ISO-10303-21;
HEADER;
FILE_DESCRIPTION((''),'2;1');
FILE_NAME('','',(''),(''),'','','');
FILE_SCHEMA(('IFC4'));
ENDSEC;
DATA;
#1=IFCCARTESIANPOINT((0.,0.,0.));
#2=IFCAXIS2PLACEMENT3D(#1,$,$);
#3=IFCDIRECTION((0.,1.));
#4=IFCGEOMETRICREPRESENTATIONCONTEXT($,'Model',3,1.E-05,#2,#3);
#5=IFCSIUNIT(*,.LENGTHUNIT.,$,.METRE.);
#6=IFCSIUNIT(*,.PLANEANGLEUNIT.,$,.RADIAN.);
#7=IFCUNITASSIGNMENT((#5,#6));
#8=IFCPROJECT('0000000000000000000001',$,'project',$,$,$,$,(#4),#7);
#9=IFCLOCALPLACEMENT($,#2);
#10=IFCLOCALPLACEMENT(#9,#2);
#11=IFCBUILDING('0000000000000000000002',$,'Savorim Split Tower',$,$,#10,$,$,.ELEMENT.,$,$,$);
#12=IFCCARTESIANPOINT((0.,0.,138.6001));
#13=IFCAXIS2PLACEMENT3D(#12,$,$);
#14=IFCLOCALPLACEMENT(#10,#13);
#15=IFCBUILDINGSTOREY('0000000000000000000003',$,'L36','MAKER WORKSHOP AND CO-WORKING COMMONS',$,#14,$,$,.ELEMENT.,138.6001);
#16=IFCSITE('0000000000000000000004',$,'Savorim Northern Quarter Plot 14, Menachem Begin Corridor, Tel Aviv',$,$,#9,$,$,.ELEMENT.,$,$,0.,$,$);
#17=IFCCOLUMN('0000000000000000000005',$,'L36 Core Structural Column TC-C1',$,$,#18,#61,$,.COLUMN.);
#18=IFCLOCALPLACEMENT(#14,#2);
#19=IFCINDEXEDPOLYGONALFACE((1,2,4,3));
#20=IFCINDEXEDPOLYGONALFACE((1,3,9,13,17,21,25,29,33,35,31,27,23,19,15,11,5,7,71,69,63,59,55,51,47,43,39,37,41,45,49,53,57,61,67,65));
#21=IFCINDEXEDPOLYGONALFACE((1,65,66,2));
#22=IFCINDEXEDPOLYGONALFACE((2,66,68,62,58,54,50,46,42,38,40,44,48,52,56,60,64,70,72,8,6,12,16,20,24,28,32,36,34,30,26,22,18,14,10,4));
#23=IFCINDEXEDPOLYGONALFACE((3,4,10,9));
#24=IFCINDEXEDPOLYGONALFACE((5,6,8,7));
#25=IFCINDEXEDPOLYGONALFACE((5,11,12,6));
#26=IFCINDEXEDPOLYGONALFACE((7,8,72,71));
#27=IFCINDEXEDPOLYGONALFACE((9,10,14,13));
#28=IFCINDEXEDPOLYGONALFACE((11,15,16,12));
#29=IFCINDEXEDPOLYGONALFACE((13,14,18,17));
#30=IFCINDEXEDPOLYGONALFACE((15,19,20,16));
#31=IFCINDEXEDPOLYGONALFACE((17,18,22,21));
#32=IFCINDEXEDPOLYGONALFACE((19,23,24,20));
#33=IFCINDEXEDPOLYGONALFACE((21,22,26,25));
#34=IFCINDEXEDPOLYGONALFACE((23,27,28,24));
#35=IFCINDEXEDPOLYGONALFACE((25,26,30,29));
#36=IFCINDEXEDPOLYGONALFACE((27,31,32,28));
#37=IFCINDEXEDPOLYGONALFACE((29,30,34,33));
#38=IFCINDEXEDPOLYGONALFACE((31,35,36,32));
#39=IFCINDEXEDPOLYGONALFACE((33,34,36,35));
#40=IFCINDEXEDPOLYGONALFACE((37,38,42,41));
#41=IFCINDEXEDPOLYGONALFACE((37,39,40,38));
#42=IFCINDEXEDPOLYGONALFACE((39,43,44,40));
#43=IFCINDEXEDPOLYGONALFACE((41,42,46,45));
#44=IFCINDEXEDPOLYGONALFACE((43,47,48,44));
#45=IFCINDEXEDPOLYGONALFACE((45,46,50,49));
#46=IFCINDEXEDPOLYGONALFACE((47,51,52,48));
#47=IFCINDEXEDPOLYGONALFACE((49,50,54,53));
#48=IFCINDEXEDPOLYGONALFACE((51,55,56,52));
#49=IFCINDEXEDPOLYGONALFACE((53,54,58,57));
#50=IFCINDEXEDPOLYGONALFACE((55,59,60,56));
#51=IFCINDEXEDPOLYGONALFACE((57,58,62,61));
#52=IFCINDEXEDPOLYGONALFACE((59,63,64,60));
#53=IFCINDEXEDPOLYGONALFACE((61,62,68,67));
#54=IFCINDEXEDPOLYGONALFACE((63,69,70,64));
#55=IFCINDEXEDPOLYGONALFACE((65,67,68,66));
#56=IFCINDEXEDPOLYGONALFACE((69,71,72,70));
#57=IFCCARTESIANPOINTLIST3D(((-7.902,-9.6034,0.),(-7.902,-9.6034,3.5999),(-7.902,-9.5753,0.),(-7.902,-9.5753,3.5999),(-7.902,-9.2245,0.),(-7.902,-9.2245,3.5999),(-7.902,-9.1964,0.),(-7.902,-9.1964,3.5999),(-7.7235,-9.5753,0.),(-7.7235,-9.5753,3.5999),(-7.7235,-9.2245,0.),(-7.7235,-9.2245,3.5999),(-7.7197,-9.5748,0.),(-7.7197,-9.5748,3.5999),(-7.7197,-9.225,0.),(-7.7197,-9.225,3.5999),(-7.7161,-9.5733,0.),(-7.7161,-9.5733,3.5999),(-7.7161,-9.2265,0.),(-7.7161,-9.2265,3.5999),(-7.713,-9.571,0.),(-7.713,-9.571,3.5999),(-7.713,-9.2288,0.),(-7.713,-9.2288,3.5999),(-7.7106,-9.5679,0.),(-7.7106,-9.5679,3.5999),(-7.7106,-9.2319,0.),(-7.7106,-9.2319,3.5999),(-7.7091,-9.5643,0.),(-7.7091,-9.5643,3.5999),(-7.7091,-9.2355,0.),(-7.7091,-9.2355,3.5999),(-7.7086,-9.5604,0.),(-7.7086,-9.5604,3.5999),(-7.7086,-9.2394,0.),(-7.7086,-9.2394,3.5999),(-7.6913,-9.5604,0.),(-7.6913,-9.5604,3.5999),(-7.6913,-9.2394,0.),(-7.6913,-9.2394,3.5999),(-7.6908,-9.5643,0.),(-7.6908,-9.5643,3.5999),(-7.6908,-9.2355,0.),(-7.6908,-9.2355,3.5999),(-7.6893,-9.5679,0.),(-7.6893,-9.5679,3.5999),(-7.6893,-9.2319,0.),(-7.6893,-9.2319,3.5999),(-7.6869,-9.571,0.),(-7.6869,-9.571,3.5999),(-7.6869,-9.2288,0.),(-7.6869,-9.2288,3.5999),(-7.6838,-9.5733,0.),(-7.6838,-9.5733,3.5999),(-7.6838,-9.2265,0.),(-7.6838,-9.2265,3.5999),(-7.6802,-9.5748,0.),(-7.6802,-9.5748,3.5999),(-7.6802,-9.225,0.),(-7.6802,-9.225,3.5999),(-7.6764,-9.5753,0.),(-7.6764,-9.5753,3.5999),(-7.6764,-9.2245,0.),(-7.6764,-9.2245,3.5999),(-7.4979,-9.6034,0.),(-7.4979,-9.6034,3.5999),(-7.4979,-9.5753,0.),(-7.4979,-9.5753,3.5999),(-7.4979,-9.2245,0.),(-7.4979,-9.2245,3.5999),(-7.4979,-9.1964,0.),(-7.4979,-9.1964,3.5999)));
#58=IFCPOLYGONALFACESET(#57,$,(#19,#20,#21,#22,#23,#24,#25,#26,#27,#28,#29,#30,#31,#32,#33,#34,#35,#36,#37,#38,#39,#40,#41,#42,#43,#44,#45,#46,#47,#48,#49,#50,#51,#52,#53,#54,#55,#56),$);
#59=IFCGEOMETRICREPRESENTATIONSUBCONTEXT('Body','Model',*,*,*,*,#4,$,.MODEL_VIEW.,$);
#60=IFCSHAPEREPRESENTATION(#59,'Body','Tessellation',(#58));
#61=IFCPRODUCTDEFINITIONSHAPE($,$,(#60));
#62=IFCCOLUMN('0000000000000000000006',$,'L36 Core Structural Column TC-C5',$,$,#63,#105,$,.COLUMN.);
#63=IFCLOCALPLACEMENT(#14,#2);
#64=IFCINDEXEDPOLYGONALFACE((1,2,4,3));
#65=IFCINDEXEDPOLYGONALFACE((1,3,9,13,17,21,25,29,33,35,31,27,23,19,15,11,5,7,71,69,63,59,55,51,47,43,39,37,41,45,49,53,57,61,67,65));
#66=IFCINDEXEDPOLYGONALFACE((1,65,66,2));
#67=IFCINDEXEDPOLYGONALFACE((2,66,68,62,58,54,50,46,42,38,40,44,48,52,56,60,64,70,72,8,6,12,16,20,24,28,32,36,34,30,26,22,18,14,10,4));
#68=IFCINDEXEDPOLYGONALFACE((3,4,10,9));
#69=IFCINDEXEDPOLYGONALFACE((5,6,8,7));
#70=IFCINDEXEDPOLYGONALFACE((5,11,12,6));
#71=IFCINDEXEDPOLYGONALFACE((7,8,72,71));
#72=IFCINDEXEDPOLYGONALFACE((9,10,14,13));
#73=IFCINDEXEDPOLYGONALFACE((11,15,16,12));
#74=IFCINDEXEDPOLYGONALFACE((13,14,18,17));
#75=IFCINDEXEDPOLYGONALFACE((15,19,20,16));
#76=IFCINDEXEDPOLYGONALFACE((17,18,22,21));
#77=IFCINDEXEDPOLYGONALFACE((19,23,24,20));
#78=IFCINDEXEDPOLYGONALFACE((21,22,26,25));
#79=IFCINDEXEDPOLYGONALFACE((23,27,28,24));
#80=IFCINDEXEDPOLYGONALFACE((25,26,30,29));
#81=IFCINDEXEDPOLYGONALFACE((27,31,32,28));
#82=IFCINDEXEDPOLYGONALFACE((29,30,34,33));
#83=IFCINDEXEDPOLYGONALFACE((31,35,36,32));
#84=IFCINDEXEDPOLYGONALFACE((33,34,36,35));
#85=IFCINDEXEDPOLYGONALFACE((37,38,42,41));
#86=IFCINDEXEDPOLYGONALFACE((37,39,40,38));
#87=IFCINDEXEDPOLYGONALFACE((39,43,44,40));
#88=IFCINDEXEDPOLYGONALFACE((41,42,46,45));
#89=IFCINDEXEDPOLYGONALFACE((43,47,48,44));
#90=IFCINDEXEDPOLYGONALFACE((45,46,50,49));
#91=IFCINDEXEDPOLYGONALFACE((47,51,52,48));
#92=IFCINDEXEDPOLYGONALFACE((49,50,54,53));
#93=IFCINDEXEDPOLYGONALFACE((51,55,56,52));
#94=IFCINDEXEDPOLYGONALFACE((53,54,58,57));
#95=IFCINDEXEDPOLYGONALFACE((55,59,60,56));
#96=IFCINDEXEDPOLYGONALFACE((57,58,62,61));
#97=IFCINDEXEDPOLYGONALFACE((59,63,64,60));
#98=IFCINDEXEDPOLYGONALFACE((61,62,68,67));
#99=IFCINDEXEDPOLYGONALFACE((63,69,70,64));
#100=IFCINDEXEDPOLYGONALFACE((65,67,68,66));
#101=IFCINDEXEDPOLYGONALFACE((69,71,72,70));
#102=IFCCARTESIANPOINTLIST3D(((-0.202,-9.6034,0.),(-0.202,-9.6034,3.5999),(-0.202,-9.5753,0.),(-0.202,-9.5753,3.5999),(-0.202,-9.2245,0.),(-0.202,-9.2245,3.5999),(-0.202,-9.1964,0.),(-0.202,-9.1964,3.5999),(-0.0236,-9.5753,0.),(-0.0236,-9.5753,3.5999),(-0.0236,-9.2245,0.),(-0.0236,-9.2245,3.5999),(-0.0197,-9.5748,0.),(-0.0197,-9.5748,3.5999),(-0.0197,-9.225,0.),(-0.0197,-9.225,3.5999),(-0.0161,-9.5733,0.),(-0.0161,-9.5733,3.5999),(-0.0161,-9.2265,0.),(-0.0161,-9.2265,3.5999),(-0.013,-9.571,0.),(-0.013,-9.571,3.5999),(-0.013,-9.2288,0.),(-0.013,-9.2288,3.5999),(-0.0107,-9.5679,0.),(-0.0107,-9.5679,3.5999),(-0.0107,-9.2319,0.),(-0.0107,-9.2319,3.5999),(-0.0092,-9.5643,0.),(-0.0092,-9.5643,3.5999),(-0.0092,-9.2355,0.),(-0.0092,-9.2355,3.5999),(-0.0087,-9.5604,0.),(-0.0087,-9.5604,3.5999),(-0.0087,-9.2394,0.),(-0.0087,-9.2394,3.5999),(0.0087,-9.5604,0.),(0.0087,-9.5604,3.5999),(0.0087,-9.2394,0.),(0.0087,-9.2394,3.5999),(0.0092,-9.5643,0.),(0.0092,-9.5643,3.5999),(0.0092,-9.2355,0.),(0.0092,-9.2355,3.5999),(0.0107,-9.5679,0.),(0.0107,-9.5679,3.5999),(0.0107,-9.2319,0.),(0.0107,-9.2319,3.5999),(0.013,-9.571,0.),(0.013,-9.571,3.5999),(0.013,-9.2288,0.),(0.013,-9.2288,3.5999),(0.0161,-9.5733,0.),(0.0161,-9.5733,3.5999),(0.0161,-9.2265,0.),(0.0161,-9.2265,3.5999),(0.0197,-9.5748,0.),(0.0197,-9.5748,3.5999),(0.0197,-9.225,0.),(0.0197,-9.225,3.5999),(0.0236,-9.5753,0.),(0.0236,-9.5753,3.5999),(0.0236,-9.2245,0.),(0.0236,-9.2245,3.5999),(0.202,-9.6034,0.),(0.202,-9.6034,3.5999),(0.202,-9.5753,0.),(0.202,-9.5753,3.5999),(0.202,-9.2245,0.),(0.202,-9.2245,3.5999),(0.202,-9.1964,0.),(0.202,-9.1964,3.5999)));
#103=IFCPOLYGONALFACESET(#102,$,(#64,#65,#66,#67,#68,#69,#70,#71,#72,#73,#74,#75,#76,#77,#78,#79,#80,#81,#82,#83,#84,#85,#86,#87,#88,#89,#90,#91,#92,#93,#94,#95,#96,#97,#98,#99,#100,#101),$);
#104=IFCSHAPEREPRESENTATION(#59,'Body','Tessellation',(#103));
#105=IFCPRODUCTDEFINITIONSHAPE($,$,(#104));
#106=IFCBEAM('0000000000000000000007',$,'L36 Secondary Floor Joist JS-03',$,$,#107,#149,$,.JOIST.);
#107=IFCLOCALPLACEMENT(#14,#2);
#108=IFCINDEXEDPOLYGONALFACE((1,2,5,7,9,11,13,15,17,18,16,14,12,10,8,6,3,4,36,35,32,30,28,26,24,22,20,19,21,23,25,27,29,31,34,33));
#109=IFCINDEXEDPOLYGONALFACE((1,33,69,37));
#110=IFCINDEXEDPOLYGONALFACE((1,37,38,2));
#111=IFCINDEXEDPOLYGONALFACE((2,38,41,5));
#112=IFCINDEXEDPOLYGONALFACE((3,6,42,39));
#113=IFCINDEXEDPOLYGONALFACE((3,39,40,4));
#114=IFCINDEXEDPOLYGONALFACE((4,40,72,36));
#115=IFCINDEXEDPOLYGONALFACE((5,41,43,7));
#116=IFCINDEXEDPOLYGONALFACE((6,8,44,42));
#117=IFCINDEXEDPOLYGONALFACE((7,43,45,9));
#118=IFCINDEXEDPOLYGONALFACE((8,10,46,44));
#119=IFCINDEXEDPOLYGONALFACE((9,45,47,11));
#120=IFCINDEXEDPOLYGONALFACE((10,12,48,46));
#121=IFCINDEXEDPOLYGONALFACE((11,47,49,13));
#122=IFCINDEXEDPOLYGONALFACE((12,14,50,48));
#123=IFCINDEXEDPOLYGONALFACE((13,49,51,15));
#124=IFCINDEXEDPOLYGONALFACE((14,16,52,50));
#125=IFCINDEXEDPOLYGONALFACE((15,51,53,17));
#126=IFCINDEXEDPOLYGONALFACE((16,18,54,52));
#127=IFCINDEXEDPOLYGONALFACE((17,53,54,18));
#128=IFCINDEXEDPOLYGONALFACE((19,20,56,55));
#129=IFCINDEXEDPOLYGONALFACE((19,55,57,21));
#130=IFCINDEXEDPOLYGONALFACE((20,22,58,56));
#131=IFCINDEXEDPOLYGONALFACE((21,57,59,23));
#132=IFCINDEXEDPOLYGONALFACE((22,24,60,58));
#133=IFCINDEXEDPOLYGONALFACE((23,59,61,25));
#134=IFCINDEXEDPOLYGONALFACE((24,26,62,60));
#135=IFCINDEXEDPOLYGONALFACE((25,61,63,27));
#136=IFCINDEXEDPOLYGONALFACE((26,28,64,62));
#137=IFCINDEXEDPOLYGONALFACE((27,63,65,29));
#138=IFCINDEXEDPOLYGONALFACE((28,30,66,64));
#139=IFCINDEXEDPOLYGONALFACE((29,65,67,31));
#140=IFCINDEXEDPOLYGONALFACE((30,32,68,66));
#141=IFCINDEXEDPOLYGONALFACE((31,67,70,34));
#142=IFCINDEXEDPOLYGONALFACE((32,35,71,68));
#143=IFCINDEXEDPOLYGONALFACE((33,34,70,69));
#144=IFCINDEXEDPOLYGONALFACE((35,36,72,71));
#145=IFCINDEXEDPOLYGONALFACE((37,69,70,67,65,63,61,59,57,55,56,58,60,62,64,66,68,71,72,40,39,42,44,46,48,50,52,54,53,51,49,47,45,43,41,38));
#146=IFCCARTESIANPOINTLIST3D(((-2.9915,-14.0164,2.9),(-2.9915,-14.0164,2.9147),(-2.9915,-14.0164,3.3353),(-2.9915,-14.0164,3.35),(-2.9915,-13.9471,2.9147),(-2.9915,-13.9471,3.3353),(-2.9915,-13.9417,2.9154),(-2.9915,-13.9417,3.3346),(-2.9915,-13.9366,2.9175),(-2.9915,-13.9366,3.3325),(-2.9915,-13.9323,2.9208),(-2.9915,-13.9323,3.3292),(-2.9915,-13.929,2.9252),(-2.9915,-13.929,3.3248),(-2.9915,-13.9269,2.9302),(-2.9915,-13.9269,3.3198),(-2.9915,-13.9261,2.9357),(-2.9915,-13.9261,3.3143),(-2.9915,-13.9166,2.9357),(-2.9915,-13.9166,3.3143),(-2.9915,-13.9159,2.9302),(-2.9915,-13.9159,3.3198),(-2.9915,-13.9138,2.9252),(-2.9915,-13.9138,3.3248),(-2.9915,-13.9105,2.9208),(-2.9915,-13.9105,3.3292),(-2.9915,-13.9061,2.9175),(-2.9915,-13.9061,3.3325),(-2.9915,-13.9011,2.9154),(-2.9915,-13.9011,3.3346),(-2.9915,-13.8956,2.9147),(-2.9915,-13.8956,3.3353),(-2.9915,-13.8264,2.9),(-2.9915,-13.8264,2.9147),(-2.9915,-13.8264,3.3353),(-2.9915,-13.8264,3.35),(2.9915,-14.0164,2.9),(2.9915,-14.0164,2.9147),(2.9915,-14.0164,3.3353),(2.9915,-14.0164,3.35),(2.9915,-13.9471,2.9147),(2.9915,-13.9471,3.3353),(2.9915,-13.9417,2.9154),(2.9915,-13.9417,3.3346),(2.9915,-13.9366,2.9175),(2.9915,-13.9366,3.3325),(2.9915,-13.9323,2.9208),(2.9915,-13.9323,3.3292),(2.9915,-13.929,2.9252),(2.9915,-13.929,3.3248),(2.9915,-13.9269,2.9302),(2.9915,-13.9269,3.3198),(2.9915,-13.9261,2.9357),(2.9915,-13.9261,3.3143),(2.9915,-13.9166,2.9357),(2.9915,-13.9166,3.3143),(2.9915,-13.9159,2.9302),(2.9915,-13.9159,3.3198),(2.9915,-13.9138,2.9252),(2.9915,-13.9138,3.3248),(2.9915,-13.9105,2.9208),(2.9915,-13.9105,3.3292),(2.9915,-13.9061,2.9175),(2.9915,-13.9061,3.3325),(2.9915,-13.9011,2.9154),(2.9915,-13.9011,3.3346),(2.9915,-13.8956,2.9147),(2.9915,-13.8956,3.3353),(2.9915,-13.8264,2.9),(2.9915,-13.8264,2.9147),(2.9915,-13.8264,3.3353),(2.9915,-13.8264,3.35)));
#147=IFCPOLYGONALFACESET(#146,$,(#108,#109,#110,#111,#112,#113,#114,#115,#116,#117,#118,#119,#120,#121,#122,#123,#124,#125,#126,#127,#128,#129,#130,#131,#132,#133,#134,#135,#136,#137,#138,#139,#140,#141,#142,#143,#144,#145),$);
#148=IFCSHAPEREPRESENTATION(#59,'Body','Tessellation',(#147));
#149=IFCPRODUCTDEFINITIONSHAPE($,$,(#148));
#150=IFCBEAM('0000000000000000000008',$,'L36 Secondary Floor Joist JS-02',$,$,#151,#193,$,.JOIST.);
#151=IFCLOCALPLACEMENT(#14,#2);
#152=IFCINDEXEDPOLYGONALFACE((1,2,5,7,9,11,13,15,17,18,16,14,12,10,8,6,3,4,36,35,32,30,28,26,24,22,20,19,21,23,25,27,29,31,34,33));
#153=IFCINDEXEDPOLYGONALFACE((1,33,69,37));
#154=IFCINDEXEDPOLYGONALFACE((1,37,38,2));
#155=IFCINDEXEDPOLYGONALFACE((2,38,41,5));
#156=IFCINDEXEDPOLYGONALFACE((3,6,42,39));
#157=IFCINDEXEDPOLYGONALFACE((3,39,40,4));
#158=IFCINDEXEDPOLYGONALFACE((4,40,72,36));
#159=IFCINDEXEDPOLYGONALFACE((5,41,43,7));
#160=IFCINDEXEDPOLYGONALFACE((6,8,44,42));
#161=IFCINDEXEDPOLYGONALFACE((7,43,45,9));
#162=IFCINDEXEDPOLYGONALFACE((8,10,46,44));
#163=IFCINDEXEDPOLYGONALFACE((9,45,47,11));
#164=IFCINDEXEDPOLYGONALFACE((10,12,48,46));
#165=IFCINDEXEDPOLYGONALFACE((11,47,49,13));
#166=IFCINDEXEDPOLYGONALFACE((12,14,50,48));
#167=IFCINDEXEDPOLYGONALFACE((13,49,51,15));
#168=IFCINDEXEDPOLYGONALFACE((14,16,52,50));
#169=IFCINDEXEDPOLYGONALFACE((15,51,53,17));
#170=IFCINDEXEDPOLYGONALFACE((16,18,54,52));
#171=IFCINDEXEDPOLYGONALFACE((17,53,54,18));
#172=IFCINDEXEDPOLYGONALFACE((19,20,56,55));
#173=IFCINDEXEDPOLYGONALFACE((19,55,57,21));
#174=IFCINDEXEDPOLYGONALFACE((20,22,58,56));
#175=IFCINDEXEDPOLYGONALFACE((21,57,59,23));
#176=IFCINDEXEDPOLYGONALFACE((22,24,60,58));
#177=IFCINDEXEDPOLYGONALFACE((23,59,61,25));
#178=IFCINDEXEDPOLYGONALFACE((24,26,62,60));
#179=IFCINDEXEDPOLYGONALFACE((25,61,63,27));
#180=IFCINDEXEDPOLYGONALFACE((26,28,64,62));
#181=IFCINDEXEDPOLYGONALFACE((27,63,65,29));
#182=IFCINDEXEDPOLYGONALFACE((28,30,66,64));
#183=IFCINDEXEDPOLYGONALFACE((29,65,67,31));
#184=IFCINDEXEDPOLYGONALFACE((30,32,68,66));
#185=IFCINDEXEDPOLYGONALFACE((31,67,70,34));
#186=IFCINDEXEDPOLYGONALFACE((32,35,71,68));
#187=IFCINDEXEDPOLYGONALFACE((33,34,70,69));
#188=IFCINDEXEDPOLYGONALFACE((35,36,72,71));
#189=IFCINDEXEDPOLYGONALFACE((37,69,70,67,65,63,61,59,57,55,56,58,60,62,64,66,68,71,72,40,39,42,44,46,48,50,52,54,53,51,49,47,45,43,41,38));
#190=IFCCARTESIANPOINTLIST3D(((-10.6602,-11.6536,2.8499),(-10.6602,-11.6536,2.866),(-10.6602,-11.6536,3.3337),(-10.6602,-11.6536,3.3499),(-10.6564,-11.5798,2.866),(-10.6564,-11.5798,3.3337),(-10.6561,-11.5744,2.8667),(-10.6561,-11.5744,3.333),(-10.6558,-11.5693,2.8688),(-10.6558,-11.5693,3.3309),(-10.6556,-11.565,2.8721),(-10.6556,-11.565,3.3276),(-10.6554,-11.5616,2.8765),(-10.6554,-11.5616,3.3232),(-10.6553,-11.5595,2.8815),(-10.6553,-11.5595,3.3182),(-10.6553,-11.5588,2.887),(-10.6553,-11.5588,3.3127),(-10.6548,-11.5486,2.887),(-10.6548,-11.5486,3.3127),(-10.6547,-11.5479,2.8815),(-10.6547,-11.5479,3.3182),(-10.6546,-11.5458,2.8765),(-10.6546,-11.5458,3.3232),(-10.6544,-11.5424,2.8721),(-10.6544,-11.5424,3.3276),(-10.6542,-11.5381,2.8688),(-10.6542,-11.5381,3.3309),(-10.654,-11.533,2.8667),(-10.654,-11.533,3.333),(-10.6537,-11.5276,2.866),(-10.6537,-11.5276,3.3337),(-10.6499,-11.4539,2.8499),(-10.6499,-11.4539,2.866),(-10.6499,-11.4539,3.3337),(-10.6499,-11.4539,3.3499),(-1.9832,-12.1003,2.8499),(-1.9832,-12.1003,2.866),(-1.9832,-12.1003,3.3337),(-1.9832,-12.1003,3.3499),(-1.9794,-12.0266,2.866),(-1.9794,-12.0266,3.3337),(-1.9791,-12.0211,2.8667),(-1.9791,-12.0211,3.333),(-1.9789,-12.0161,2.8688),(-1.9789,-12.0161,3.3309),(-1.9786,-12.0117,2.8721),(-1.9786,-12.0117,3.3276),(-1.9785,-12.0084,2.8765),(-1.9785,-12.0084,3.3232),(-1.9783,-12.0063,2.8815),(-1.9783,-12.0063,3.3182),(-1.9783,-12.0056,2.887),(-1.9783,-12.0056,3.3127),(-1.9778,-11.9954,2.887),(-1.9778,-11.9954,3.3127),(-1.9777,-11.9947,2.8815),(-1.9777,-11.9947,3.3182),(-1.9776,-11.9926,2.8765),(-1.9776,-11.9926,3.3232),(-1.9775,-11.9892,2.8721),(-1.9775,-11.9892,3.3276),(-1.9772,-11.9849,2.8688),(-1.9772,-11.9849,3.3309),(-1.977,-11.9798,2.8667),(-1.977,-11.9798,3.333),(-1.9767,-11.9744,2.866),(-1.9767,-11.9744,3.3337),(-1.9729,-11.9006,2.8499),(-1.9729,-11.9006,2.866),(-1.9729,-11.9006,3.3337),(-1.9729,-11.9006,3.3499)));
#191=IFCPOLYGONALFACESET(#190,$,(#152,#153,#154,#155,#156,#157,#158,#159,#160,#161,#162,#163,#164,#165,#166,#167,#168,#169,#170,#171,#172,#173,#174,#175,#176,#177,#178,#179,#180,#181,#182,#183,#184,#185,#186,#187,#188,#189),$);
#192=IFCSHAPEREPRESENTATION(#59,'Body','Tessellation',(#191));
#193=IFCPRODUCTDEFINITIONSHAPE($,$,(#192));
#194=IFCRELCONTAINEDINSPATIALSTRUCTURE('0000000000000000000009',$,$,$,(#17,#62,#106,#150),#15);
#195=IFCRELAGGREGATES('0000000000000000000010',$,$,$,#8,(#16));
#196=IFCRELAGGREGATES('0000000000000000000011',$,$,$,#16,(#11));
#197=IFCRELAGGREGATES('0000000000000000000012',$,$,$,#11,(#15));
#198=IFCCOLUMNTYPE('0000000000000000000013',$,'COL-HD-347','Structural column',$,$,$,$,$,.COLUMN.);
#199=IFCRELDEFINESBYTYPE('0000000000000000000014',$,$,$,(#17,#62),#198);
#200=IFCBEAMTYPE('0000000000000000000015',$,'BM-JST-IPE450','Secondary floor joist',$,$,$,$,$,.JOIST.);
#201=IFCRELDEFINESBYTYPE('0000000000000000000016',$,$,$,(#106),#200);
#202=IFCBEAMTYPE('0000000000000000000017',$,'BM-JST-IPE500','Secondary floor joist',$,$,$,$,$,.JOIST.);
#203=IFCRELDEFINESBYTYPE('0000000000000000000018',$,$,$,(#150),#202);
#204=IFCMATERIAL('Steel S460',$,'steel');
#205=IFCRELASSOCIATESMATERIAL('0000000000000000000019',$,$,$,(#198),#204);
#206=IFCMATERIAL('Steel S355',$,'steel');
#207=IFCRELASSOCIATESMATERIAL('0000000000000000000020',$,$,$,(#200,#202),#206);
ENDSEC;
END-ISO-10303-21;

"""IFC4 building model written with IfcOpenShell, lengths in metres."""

from ifc_helpers import new_model, si_unit, direction, frame, origin, origin_2d, place, context, subcontext, project, spatial, i_section, extrude, material, material_profile, profile_set, type_object, element, save


model = new_model("IFC4")

# Units and contexts
model_context = context("Model", 3, precision=1e-05, world=origin(), true_north=direction((0.0, 1.0)))
body_context = subcontext(model_context, "Body", "Model", "MODEL_VIEW")
ifc_project = project(units=[si_unit("LENGTHUNIT", "METRE"), si_unit("PLANEANGLEUNIT", "RADIAN")], contexts=[model_context])

# Site, building, storey
site_placement = place(None, origin())
site = spatial("IfcSite", under=ifc_project, at=site_placement, Name="Savorim Northern Quarter Plot 14, Menachem Begin Corridor, Tel Aviv", CompositionType="ELEMENT", RefElevation=0.0)
building_placement = place(site_placement, origin())
building = spatial("IfcBuilding", under=site, at=building_placement, Name="Savorim Split Tower", CompositionType="ELEMENT")
storey_placement = place(building_placement, frame((0.0, 0.0, 138.6001)))
storey = spatial("IfcBuildingStorey", under=building, at=storey_placement, Name="L36", Description="MAKER WORKSHOP AND CO-WORKING COMMONS", CompositionType="ELEMENT", Elevation=138.6001)

# Columns
ifc_material_1 = material(Name="Steel S460", Category="steel")
ifc_material_profile_1 = material_profile(ifc_material_1, i_section(OverallWidth=0.4041, OverallDepth=0.407, WebThickness=0.0173, FlangeThickness=0.0281, FilletRadius=0.0149, at=origin_2d()), Name="HD 400x347")
ifc_profile_set_1 = profile_set([ifc_material_profile_1], Name="Steel S460")
column_type = type_object("IfcColumnType", Name="COL-HD-347", Description="Structural column", PredefinedType="COLUMN", material=ifc_profile_set_1)
for number, where, z_axis, x_axis, name in (
    (1, (-7.7, -9.3999, 0.0), (0.0, 0.0, 1.0), (1.0, 0.0, 0.0), "L36 Core Structural Column TC-C1"),
    (2, (0.0, -9.3999, 0.0), (0.0, 0.0, 1.0), (1.0, 0.0, 0.0), "L36 Core Structural Column TC-C5"),
):
    element("IfcColumn", number, at=place(storey_placement, frame(where, z_axis=z_axis, x_axis=x_axis)), inside=storey, type_object=column_type, Name=name, PredefinedType="COLUMN", context=body_context, shape_type="SweptSolid", body=[
        extrude(i_section(OverallWidth=0.4041, OverallDepth=0.407, WebThickness=0.0173, FlangeThickness=0.0281, FilletRadius=0.0149, at=origin_2d()), origin(), (0.0, 0.0, 1.0), 3.5999),
    ])

# Beams
ifc_material_2 = material(Name="Steel S355", Category="steel")
ifc_material_profile_2 = material_profile(ifc_material_2, i_section(OverallWidth=0.1899, OverallDepth=0.45, WebThickness=0.0095, FlangeThickness=0.0146, FilletRadius=0.021, at=origin_2d()), Name="IPE 450")
ifc_profile_set_2 = profile_set([ifc_material_profile_2], Name="Steel S355")
beam_type_1 = type_object("IfcBeamType", Name="BM-JST-IPE450", Description="Secondary floor joist", PredefinedType="JOIST", material=ifc_profile_set_2)
beam_1_placement = place(storey_placement, frame((-2.9915, -13.9214, 3.125), z_axis=(1.0, 0.0, 0.0), x_axis=(0.0, 1.0, 0.0)))
element("IfcBeam", 3, at=beam_1_placement, inside=storey, type_object=beam_type_1, Name="L36 Secondary Floor Joist JS-03", PredefinedType="JOIST", context=body_context, shape_type="SweptSolid", body=[
    extrude(i_section(OverallWidth=0.1899, OverallDepth=0.45, WebThickness=0.0095, FlangeThickness=0.0146, FilletRadius=0.021, at=origin_2d()), origin(), (0.0, 0.0, 1.0), 5.9829),
])
ifc_material_profile_3 = material_profile(ifc_material_2, i_section(OverallWidth=0.2, OverallDepth=0.5, WebThickness=0.0103, FlangeThickness=0.0161, FilletRadius=0.021, at=origin_2d()), Name="IPE 500")
ifc_profile_set_3 = profile_set([ifc_material_profile_3], Name="Steel S355")
beam_type_2 = type_object("IfcBeamType", Name="BM-JST-IPE500", Description="Secondary floor joist", PredefinedType="JOIST", material=ifc_profile_set_3)
beam_2_placement = place(storey_placement, frame((-10.655, -11.5537, 3.0999), z_axis=(0.998677, -0.051422, 0.0), x_axis=(0.051422, 0.998677, 0.0)))
element("IfcBeam", 4, at=beam_2_placement, inside=storey, type_object=beam_type_2, Name="L36 Secondary Floor Joist JS-02", PredefinedType="JOIST", context=body_context, shape_type="SweptSolid", body=[
    extrude(i_section(OverallWidth=0.2, OverallDepth=0.5, WebThickness=0.0103, FlangeThickness=0.0161, FilletRadius=0.021, at=origin_2d()), origin(), (0.0, 0.0, 1.0), 8.6885),
])

save(model, "model.ifc")
